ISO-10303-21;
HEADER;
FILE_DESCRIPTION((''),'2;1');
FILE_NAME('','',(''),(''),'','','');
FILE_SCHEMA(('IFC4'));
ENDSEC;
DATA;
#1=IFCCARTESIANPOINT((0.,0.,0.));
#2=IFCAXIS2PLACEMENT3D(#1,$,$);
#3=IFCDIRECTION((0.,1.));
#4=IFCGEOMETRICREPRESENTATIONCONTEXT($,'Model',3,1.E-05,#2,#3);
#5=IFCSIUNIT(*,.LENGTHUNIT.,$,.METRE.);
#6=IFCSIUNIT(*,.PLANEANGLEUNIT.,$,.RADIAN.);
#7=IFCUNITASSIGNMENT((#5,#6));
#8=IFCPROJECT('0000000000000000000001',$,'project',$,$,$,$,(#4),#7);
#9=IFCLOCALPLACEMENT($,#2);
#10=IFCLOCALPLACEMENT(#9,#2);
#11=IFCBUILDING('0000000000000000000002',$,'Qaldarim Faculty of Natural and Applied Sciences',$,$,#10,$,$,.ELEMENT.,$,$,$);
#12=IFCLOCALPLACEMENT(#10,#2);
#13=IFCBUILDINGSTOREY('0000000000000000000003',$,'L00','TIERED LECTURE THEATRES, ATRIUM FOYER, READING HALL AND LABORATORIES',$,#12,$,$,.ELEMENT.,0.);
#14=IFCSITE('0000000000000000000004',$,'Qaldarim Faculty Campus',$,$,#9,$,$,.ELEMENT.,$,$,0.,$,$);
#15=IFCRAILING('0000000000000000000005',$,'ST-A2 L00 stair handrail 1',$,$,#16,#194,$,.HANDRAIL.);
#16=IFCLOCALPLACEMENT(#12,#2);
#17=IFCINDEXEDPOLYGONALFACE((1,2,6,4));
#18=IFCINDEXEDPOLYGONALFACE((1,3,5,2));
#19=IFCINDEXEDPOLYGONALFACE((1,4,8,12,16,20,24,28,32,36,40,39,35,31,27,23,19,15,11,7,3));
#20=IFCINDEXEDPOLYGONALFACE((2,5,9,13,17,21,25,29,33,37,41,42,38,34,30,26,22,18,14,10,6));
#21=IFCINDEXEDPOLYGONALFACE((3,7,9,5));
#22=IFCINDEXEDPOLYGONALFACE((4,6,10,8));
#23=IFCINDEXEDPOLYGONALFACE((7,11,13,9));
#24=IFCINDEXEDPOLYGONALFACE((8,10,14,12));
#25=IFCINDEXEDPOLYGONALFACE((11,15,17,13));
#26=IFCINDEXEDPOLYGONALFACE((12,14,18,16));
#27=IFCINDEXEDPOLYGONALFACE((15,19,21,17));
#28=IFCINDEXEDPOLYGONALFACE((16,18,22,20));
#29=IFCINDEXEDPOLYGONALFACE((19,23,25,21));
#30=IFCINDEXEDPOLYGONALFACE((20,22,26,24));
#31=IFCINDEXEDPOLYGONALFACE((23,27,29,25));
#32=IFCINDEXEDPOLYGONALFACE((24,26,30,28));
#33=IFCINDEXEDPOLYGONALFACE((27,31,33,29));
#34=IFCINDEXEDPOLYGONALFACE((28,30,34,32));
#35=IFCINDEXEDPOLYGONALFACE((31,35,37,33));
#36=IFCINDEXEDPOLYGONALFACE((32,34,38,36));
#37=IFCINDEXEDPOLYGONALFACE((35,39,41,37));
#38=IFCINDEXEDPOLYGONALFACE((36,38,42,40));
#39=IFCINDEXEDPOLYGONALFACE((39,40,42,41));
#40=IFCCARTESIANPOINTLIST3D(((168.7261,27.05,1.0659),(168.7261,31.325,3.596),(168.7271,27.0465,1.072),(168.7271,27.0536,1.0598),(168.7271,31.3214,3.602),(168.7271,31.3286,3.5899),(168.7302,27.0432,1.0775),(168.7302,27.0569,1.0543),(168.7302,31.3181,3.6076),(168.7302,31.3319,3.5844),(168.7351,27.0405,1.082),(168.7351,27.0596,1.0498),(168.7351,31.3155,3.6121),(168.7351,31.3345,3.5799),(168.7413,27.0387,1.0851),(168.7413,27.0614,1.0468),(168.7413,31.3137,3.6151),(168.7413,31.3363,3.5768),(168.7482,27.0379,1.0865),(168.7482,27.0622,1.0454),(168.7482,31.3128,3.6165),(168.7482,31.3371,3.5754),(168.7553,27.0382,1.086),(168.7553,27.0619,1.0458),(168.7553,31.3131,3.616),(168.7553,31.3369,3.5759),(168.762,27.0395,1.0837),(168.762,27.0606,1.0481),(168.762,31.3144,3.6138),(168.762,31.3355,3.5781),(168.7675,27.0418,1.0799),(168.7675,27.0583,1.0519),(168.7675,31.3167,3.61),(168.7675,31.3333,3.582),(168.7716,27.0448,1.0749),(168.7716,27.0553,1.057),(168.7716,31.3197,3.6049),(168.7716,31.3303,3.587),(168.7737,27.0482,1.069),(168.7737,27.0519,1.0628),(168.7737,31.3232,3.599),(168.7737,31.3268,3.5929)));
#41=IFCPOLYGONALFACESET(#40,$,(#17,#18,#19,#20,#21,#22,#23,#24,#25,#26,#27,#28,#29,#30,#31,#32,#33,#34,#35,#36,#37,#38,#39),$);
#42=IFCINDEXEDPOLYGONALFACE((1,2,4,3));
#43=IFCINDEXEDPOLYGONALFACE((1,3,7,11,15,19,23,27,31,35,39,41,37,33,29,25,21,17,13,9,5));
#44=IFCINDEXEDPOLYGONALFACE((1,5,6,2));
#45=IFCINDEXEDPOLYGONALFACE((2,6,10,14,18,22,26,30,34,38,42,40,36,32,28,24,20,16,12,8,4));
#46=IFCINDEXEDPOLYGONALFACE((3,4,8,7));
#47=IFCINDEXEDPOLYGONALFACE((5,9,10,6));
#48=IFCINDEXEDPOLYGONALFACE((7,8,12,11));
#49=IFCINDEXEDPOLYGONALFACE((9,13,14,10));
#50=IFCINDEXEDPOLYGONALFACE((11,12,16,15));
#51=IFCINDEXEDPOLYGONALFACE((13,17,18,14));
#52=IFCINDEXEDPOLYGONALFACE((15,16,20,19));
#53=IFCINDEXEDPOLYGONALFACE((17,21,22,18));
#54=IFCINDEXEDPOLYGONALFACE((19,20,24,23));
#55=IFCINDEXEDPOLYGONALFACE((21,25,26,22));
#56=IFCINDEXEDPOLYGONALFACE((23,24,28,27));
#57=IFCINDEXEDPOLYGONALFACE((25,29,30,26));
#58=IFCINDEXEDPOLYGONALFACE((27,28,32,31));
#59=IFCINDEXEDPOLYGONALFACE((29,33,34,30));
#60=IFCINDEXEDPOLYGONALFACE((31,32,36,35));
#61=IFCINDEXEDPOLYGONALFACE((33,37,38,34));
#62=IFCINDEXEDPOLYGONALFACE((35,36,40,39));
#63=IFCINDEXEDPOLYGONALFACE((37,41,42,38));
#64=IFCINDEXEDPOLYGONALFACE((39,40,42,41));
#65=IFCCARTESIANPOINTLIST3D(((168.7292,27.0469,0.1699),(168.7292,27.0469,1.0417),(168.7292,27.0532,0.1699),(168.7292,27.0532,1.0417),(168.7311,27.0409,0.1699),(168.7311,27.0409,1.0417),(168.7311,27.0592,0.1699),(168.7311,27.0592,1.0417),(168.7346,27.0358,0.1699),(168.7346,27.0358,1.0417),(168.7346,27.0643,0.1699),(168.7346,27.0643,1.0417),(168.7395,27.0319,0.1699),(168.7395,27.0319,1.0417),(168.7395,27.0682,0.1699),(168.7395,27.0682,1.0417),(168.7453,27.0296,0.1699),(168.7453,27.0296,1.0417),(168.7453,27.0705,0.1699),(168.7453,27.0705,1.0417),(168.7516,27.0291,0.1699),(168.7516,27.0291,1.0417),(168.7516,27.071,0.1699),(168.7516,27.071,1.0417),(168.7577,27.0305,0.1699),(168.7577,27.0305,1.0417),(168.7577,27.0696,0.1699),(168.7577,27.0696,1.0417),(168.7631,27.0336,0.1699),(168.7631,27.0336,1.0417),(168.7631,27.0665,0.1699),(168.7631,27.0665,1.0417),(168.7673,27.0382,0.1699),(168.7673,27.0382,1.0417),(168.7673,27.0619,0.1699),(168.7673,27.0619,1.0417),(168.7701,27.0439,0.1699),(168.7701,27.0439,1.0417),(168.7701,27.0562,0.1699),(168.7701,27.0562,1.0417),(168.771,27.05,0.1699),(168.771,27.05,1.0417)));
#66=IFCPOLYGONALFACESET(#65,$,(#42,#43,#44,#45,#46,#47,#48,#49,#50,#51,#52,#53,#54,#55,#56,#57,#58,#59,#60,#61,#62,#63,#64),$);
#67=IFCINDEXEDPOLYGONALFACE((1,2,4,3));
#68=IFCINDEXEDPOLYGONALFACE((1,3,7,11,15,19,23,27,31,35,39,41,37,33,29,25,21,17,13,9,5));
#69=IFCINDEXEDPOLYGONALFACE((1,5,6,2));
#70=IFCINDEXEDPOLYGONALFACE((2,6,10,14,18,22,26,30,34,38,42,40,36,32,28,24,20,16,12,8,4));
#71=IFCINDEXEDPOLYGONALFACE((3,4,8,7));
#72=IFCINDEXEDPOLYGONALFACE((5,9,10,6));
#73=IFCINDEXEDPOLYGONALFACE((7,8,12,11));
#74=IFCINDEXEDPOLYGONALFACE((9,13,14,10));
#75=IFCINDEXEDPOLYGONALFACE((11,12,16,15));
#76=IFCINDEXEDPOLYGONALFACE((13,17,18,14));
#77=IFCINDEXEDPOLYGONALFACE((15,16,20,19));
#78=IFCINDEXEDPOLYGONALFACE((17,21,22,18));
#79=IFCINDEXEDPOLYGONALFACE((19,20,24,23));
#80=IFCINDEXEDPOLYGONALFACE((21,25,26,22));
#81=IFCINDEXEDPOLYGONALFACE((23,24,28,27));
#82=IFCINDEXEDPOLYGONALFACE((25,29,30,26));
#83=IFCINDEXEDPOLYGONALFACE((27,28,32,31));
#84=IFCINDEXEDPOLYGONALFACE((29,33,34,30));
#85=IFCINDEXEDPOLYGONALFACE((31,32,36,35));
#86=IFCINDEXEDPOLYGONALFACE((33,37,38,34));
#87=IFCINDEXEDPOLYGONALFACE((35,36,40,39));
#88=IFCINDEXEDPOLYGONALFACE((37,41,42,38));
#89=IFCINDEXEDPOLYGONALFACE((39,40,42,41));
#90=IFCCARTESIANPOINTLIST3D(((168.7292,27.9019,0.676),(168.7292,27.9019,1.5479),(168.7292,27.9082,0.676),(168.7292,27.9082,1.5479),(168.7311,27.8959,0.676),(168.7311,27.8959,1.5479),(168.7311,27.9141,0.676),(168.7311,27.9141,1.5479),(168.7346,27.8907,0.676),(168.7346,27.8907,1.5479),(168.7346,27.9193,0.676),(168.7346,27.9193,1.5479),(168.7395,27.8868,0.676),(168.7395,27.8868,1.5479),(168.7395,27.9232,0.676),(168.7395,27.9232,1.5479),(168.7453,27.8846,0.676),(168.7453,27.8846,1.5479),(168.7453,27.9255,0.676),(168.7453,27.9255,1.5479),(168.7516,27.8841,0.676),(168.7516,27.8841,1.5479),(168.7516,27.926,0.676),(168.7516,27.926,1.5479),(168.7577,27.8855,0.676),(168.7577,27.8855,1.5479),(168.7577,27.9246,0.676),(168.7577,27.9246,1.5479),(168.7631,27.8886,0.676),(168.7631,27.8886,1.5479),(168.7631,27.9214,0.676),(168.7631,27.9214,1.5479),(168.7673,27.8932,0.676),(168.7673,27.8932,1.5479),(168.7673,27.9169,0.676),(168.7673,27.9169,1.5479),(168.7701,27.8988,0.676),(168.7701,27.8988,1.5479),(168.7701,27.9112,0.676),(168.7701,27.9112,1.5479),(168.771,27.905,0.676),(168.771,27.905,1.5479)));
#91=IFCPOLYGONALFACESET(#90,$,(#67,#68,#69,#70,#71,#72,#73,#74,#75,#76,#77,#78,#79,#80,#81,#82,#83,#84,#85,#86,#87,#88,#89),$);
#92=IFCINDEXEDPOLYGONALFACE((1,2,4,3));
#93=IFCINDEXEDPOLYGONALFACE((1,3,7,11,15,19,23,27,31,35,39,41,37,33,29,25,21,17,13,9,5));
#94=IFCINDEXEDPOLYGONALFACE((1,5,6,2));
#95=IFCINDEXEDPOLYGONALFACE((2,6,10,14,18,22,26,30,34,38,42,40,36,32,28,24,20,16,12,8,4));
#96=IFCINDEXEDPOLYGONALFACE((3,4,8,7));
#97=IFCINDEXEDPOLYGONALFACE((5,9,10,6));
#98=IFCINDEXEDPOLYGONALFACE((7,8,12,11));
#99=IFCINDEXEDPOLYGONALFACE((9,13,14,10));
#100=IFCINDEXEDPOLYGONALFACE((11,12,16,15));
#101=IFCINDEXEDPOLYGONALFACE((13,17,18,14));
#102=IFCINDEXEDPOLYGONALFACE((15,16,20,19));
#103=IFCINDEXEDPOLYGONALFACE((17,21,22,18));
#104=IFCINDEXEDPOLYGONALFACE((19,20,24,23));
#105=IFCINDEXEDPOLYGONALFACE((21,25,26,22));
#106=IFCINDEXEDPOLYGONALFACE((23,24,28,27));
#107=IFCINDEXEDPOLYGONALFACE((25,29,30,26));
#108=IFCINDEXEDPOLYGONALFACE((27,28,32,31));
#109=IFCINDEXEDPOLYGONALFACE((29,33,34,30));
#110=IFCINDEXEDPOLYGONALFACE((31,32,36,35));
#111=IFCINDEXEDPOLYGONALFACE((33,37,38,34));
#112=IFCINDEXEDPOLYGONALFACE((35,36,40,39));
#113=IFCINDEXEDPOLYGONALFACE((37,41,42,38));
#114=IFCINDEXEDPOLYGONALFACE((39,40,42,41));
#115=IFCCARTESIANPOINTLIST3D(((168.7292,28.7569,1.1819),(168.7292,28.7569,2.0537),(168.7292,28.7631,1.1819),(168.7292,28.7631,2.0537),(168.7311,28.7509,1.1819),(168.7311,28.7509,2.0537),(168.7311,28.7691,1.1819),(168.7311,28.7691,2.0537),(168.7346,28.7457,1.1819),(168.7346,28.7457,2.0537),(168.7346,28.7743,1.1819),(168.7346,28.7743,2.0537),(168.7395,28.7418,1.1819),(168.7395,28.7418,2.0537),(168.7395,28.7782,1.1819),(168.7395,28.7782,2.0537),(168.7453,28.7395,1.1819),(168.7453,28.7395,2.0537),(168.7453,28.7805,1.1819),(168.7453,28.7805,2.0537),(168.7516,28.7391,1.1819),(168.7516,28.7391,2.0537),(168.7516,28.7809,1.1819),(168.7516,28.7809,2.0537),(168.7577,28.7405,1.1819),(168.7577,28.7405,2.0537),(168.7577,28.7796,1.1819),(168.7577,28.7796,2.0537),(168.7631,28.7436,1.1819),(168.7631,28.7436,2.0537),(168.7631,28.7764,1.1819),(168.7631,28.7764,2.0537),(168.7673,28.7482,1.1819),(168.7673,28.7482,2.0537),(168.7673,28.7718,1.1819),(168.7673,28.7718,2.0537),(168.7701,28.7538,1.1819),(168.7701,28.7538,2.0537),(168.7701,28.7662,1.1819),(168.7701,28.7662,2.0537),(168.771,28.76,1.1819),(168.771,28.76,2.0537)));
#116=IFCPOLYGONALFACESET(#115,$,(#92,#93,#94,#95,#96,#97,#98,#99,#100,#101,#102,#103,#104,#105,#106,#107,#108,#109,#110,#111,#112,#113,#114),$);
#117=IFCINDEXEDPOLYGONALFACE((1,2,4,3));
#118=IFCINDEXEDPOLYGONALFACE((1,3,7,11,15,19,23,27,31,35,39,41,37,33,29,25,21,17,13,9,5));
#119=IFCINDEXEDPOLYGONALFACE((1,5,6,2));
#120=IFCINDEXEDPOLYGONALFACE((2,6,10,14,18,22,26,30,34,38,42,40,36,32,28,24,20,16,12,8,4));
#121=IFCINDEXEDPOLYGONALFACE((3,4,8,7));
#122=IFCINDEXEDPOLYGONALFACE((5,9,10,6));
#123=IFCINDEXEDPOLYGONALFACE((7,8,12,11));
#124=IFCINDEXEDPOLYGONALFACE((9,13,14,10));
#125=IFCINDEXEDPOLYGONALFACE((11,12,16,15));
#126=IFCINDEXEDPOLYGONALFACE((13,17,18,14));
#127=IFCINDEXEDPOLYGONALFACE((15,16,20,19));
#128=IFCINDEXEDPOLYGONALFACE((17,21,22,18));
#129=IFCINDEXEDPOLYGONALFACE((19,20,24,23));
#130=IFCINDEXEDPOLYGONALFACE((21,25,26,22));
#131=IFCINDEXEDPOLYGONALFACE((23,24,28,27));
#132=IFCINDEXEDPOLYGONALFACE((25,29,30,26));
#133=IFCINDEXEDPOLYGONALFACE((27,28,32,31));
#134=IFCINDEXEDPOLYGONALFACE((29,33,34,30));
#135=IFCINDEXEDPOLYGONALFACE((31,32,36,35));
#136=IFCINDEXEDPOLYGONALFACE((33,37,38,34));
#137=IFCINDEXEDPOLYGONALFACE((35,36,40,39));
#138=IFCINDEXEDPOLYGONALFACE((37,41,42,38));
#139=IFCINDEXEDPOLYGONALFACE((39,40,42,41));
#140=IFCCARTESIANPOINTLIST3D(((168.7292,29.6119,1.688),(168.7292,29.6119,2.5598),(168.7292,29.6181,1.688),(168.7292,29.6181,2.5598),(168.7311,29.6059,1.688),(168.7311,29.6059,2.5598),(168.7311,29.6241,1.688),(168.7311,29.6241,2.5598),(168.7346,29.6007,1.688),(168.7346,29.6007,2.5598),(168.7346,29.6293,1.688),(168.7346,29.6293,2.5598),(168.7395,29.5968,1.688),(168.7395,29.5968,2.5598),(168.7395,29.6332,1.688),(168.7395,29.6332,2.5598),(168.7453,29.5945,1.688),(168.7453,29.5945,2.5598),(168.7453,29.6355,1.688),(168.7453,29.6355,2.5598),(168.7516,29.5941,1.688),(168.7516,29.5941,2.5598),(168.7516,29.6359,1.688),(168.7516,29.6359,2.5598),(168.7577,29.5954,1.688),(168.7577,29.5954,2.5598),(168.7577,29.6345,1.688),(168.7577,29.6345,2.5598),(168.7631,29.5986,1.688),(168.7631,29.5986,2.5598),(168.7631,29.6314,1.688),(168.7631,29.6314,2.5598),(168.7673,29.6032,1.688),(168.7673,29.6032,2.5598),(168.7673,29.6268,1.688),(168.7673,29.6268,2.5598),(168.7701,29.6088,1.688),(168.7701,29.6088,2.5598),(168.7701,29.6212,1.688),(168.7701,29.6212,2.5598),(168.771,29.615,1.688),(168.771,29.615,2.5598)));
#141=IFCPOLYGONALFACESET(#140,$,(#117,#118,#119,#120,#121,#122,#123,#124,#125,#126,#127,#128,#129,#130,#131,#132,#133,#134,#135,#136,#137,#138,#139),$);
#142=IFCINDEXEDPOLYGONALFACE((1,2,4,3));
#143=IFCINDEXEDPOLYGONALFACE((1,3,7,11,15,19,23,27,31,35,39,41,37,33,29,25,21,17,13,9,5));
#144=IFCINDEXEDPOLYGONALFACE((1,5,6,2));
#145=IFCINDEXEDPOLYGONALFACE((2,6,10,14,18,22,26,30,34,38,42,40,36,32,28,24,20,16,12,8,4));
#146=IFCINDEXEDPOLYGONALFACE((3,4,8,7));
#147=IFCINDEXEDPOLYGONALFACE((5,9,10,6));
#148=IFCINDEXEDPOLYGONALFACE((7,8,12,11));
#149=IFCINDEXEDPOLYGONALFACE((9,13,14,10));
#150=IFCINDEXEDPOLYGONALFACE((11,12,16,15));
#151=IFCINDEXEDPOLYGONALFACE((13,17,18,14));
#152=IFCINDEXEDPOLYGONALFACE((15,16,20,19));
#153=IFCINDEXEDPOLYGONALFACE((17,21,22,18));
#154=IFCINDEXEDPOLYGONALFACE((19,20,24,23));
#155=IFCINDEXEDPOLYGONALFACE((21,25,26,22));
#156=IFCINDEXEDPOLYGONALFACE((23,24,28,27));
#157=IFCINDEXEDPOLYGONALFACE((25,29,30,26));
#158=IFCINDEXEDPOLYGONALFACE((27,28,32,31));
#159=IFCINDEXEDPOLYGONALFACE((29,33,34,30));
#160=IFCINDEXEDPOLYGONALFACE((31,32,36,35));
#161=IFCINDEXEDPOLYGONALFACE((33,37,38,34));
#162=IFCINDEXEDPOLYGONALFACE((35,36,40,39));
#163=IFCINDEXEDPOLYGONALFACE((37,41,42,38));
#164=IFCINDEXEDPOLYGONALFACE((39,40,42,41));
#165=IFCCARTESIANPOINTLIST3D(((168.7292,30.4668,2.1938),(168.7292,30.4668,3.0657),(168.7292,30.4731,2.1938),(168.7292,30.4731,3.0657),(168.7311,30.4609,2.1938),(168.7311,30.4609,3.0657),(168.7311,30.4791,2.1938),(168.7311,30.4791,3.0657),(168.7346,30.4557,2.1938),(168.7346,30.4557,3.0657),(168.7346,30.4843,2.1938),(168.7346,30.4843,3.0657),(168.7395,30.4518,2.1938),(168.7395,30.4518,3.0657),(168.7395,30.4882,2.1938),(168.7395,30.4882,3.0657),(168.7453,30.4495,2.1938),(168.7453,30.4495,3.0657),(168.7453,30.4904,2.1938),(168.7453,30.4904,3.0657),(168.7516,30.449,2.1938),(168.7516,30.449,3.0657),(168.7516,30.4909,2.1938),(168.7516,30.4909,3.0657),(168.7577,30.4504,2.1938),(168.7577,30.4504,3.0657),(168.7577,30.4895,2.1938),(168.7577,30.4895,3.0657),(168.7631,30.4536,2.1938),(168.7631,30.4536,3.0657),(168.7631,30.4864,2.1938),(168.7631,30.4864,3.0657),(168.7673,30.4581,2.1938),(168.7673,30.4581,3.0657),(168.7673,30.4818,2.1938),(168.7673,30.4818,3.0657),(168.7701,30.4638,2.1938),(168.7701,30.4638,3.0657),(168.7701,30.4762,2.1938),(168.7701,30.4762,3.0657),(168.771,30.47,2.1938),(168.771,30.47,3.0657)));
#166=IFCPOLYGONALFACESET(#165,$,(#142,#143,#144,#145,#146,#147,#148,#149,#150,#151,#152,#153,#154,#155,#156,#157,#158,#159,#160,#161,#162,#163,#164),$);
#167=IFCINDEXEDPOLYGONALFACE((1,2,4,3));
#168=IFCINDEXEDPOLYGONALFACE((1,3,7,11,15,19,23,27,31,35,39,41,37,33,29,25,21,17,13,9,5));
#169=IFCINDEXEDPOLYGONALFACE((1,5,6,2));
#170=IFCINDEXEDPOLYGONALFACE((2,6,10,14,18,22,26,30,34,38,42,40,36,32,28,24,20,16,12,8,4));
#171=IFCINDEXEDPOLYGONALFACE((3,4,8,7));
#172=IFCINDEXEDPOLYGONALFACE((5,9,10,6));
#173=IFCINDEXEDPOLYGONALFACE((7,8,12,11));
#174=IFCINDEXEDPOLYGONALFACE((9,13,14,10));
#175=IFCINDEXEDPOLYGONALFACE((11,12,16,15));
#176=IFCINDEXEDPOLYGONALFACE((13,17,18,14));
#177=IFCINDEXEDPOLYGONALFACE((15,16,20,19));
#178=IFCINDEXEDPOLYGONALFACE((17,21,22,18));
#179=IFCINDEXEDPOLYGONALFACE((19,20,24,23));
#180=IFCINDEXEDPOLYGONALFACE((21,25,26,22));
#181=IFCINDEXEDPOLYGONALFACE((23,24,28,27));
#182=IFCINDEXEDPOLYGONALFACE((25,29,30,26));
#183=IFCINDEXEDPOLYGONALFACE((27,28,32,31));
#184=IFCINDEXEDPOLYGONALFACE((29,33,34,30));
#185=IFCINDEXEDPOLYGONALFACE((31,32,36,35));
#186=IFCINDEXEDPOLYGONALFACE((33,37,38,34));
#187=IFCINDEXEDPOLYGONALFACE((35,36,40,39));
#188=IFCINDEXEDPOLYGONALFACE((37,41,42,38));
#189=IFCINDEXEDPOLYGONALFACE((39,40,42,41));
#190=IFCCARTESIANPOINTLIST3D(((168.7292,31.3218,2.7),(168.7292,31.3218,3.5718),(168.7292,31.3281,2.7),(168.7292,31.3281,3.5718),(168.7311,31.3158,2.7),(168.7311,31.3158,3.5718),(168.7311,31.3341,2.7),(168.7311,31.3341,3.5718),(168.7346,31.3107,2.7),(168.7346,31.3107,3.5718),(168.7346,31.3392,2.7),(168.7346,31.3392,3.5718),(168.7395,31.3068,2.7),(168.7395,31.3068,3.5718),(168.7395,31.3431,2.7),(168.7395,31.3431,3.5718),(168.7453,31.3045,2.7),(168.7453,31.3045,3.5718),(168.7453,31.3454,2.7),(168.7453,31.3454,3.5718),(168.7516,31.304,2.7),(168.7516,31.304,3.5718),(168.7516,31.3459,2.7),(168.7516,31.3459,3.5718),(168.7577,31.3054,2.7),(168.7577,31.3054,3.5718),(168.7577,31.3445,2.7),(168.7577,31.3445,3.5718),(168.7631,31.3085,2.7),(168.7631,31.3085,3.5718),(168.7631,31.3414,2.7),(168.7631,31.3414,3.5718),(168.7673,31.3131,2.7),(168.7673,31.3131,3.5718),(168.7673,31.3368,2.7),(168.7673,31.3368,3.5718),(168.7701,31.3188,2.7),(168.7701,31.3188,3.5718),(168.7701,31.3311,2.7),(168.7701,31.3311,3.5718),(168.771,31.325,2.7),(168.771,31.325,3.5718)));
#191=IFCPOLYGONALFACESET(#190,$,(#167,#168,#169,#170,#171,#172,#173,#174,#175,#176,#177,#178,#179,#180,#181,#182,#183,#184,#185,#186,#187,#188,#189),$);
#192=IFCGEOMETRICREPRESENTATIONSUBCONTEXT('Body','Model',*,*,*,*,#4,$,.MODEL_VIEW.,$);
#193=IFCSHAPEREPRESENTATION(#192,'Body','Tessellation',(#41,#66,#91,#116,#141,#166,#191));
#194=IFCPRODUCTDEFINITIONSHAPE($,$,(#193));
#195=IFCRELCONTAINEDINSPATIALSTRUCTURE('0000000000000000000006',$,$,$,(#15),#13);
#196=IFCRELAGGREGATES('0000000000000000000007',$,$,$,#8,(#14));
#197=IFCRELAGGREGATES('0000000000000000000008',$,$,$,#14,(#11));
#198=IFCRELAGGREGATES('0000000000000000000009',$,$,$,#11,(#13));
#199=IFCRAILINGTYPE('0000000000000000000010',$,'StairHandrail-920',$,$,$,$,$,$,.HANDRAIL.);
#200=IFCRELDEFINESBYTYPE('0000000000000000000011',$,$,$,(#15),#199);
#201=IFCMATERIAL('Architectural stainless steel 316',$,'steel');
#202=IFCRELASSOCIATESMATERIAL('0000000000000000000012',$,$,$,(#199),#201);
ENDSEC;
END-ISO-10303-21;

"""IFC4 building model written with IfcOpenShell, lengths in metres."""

from ifc_helpers import new_model, si_unit, direction, frame, origin, origin_2d, place, context, subcontext, project, spatial, circle, extrude, material, type_object, element, save


model = new_model("IFC4")

# Units and contexts
model_context = context("Model", 3, precision=1e-05, world=origin(), true_north=direction((0.0, 1.0)))
body_context = subcontext(model_context, "Body", "Model", "MODEL_VIEW")
ifc_project = project(units=[si_unit("LENGTHUNIT", "METRE"), si_unit("PLANEANGLEUNIT", "RADIAN")], contexts=[model_context])

# Site, building, storey
site_placement = place(None, origin())
site = spatial("IfcSite", under=ifc_project, at=site_placement, Name="Qaldarim Faculty Campus", CompositionType="ELEMENT", RefElevation=0.0)
building_placement = place(site_placement, origin())
building = spatial("IfcBuilding", under=site, at=building_placement, Name="Qaldarim Faculty of Natural and Applied Sciences", CompositionType="ELEMENT")
storey_placement = place(building_placement, origin())
storey = spatial("IfcBuildingStorey", under=building, at=storey_placement, Name="L00", Description="TIERED LECTURE THEATRES, ATRIUM FOYER, READING HALL AND LABORATORIES", CompositionType="ELEMENT", Elevation=0.0)

# Shared definitions
ifc_material_1 = material(Name="Architectural stainless steel 316", Category="steel")

# Railing
railing_type_1 = type_object("IfcRailingType", Name="StairHandrail-920", PredefinedType="HANDRAIL", material=ifc_material_1)
railing_1_placement = place(storey_placement, frame((168.75, 27.05, 0.1699)))
element("IfcRailing", 1, at=railing_1_placement, inside=storey, type_object=railing_type_1, Name="ST-A2 L00 stair handrail 1", PredefinedType="HANDRAIL", context=body_context, shape_type="SweptSolid", body=[
    extrude(circle(Radius=0.0239, at=origin_2d()), frame((0.0, 0.0, 0.896), z_axis=(0.0, 0.860578, 0.509319), x_axis=(-1.0, 0.0, 0.0)), (0.0, 0.0, 1.0), 4.9675),
    extrude(circle(Radius=0.021, at=origin_2d()), origin(), (0.0, 0.0, 1.0), 0.8718),
    extrude(circle(Radius=0.021, at=origin_2d()), frame((0.0, 0.855, 0.5061)), (0.0, 0.0, 1.0), 0.8718),
    extrude(circle(Radius=0.021, at=origin_2d()), frame((0.0, 1.71, 1.012)), (0.0, 0.0, 1.0), 0.8718),
    extrude(circle(Radius=0.021, at=origin_2d()), frame((0.0, 2.5649, 1.5181)), (0.0, 0.0, 1.0), 0.8718),
    extrude(circle(Radius=0.021, at=origin_2d()), frame((0.0, 3.4199, 2.0239)), (0.0, 0.0, 1.0), 0.8718),
    extrude(circle(Radius=0.021, at=origin_2d()), frame((0.0, 4.2749, 2.53)), (0.0, 0.0, 1.0), 0.8718),
])

save(model, "model.ifc")
